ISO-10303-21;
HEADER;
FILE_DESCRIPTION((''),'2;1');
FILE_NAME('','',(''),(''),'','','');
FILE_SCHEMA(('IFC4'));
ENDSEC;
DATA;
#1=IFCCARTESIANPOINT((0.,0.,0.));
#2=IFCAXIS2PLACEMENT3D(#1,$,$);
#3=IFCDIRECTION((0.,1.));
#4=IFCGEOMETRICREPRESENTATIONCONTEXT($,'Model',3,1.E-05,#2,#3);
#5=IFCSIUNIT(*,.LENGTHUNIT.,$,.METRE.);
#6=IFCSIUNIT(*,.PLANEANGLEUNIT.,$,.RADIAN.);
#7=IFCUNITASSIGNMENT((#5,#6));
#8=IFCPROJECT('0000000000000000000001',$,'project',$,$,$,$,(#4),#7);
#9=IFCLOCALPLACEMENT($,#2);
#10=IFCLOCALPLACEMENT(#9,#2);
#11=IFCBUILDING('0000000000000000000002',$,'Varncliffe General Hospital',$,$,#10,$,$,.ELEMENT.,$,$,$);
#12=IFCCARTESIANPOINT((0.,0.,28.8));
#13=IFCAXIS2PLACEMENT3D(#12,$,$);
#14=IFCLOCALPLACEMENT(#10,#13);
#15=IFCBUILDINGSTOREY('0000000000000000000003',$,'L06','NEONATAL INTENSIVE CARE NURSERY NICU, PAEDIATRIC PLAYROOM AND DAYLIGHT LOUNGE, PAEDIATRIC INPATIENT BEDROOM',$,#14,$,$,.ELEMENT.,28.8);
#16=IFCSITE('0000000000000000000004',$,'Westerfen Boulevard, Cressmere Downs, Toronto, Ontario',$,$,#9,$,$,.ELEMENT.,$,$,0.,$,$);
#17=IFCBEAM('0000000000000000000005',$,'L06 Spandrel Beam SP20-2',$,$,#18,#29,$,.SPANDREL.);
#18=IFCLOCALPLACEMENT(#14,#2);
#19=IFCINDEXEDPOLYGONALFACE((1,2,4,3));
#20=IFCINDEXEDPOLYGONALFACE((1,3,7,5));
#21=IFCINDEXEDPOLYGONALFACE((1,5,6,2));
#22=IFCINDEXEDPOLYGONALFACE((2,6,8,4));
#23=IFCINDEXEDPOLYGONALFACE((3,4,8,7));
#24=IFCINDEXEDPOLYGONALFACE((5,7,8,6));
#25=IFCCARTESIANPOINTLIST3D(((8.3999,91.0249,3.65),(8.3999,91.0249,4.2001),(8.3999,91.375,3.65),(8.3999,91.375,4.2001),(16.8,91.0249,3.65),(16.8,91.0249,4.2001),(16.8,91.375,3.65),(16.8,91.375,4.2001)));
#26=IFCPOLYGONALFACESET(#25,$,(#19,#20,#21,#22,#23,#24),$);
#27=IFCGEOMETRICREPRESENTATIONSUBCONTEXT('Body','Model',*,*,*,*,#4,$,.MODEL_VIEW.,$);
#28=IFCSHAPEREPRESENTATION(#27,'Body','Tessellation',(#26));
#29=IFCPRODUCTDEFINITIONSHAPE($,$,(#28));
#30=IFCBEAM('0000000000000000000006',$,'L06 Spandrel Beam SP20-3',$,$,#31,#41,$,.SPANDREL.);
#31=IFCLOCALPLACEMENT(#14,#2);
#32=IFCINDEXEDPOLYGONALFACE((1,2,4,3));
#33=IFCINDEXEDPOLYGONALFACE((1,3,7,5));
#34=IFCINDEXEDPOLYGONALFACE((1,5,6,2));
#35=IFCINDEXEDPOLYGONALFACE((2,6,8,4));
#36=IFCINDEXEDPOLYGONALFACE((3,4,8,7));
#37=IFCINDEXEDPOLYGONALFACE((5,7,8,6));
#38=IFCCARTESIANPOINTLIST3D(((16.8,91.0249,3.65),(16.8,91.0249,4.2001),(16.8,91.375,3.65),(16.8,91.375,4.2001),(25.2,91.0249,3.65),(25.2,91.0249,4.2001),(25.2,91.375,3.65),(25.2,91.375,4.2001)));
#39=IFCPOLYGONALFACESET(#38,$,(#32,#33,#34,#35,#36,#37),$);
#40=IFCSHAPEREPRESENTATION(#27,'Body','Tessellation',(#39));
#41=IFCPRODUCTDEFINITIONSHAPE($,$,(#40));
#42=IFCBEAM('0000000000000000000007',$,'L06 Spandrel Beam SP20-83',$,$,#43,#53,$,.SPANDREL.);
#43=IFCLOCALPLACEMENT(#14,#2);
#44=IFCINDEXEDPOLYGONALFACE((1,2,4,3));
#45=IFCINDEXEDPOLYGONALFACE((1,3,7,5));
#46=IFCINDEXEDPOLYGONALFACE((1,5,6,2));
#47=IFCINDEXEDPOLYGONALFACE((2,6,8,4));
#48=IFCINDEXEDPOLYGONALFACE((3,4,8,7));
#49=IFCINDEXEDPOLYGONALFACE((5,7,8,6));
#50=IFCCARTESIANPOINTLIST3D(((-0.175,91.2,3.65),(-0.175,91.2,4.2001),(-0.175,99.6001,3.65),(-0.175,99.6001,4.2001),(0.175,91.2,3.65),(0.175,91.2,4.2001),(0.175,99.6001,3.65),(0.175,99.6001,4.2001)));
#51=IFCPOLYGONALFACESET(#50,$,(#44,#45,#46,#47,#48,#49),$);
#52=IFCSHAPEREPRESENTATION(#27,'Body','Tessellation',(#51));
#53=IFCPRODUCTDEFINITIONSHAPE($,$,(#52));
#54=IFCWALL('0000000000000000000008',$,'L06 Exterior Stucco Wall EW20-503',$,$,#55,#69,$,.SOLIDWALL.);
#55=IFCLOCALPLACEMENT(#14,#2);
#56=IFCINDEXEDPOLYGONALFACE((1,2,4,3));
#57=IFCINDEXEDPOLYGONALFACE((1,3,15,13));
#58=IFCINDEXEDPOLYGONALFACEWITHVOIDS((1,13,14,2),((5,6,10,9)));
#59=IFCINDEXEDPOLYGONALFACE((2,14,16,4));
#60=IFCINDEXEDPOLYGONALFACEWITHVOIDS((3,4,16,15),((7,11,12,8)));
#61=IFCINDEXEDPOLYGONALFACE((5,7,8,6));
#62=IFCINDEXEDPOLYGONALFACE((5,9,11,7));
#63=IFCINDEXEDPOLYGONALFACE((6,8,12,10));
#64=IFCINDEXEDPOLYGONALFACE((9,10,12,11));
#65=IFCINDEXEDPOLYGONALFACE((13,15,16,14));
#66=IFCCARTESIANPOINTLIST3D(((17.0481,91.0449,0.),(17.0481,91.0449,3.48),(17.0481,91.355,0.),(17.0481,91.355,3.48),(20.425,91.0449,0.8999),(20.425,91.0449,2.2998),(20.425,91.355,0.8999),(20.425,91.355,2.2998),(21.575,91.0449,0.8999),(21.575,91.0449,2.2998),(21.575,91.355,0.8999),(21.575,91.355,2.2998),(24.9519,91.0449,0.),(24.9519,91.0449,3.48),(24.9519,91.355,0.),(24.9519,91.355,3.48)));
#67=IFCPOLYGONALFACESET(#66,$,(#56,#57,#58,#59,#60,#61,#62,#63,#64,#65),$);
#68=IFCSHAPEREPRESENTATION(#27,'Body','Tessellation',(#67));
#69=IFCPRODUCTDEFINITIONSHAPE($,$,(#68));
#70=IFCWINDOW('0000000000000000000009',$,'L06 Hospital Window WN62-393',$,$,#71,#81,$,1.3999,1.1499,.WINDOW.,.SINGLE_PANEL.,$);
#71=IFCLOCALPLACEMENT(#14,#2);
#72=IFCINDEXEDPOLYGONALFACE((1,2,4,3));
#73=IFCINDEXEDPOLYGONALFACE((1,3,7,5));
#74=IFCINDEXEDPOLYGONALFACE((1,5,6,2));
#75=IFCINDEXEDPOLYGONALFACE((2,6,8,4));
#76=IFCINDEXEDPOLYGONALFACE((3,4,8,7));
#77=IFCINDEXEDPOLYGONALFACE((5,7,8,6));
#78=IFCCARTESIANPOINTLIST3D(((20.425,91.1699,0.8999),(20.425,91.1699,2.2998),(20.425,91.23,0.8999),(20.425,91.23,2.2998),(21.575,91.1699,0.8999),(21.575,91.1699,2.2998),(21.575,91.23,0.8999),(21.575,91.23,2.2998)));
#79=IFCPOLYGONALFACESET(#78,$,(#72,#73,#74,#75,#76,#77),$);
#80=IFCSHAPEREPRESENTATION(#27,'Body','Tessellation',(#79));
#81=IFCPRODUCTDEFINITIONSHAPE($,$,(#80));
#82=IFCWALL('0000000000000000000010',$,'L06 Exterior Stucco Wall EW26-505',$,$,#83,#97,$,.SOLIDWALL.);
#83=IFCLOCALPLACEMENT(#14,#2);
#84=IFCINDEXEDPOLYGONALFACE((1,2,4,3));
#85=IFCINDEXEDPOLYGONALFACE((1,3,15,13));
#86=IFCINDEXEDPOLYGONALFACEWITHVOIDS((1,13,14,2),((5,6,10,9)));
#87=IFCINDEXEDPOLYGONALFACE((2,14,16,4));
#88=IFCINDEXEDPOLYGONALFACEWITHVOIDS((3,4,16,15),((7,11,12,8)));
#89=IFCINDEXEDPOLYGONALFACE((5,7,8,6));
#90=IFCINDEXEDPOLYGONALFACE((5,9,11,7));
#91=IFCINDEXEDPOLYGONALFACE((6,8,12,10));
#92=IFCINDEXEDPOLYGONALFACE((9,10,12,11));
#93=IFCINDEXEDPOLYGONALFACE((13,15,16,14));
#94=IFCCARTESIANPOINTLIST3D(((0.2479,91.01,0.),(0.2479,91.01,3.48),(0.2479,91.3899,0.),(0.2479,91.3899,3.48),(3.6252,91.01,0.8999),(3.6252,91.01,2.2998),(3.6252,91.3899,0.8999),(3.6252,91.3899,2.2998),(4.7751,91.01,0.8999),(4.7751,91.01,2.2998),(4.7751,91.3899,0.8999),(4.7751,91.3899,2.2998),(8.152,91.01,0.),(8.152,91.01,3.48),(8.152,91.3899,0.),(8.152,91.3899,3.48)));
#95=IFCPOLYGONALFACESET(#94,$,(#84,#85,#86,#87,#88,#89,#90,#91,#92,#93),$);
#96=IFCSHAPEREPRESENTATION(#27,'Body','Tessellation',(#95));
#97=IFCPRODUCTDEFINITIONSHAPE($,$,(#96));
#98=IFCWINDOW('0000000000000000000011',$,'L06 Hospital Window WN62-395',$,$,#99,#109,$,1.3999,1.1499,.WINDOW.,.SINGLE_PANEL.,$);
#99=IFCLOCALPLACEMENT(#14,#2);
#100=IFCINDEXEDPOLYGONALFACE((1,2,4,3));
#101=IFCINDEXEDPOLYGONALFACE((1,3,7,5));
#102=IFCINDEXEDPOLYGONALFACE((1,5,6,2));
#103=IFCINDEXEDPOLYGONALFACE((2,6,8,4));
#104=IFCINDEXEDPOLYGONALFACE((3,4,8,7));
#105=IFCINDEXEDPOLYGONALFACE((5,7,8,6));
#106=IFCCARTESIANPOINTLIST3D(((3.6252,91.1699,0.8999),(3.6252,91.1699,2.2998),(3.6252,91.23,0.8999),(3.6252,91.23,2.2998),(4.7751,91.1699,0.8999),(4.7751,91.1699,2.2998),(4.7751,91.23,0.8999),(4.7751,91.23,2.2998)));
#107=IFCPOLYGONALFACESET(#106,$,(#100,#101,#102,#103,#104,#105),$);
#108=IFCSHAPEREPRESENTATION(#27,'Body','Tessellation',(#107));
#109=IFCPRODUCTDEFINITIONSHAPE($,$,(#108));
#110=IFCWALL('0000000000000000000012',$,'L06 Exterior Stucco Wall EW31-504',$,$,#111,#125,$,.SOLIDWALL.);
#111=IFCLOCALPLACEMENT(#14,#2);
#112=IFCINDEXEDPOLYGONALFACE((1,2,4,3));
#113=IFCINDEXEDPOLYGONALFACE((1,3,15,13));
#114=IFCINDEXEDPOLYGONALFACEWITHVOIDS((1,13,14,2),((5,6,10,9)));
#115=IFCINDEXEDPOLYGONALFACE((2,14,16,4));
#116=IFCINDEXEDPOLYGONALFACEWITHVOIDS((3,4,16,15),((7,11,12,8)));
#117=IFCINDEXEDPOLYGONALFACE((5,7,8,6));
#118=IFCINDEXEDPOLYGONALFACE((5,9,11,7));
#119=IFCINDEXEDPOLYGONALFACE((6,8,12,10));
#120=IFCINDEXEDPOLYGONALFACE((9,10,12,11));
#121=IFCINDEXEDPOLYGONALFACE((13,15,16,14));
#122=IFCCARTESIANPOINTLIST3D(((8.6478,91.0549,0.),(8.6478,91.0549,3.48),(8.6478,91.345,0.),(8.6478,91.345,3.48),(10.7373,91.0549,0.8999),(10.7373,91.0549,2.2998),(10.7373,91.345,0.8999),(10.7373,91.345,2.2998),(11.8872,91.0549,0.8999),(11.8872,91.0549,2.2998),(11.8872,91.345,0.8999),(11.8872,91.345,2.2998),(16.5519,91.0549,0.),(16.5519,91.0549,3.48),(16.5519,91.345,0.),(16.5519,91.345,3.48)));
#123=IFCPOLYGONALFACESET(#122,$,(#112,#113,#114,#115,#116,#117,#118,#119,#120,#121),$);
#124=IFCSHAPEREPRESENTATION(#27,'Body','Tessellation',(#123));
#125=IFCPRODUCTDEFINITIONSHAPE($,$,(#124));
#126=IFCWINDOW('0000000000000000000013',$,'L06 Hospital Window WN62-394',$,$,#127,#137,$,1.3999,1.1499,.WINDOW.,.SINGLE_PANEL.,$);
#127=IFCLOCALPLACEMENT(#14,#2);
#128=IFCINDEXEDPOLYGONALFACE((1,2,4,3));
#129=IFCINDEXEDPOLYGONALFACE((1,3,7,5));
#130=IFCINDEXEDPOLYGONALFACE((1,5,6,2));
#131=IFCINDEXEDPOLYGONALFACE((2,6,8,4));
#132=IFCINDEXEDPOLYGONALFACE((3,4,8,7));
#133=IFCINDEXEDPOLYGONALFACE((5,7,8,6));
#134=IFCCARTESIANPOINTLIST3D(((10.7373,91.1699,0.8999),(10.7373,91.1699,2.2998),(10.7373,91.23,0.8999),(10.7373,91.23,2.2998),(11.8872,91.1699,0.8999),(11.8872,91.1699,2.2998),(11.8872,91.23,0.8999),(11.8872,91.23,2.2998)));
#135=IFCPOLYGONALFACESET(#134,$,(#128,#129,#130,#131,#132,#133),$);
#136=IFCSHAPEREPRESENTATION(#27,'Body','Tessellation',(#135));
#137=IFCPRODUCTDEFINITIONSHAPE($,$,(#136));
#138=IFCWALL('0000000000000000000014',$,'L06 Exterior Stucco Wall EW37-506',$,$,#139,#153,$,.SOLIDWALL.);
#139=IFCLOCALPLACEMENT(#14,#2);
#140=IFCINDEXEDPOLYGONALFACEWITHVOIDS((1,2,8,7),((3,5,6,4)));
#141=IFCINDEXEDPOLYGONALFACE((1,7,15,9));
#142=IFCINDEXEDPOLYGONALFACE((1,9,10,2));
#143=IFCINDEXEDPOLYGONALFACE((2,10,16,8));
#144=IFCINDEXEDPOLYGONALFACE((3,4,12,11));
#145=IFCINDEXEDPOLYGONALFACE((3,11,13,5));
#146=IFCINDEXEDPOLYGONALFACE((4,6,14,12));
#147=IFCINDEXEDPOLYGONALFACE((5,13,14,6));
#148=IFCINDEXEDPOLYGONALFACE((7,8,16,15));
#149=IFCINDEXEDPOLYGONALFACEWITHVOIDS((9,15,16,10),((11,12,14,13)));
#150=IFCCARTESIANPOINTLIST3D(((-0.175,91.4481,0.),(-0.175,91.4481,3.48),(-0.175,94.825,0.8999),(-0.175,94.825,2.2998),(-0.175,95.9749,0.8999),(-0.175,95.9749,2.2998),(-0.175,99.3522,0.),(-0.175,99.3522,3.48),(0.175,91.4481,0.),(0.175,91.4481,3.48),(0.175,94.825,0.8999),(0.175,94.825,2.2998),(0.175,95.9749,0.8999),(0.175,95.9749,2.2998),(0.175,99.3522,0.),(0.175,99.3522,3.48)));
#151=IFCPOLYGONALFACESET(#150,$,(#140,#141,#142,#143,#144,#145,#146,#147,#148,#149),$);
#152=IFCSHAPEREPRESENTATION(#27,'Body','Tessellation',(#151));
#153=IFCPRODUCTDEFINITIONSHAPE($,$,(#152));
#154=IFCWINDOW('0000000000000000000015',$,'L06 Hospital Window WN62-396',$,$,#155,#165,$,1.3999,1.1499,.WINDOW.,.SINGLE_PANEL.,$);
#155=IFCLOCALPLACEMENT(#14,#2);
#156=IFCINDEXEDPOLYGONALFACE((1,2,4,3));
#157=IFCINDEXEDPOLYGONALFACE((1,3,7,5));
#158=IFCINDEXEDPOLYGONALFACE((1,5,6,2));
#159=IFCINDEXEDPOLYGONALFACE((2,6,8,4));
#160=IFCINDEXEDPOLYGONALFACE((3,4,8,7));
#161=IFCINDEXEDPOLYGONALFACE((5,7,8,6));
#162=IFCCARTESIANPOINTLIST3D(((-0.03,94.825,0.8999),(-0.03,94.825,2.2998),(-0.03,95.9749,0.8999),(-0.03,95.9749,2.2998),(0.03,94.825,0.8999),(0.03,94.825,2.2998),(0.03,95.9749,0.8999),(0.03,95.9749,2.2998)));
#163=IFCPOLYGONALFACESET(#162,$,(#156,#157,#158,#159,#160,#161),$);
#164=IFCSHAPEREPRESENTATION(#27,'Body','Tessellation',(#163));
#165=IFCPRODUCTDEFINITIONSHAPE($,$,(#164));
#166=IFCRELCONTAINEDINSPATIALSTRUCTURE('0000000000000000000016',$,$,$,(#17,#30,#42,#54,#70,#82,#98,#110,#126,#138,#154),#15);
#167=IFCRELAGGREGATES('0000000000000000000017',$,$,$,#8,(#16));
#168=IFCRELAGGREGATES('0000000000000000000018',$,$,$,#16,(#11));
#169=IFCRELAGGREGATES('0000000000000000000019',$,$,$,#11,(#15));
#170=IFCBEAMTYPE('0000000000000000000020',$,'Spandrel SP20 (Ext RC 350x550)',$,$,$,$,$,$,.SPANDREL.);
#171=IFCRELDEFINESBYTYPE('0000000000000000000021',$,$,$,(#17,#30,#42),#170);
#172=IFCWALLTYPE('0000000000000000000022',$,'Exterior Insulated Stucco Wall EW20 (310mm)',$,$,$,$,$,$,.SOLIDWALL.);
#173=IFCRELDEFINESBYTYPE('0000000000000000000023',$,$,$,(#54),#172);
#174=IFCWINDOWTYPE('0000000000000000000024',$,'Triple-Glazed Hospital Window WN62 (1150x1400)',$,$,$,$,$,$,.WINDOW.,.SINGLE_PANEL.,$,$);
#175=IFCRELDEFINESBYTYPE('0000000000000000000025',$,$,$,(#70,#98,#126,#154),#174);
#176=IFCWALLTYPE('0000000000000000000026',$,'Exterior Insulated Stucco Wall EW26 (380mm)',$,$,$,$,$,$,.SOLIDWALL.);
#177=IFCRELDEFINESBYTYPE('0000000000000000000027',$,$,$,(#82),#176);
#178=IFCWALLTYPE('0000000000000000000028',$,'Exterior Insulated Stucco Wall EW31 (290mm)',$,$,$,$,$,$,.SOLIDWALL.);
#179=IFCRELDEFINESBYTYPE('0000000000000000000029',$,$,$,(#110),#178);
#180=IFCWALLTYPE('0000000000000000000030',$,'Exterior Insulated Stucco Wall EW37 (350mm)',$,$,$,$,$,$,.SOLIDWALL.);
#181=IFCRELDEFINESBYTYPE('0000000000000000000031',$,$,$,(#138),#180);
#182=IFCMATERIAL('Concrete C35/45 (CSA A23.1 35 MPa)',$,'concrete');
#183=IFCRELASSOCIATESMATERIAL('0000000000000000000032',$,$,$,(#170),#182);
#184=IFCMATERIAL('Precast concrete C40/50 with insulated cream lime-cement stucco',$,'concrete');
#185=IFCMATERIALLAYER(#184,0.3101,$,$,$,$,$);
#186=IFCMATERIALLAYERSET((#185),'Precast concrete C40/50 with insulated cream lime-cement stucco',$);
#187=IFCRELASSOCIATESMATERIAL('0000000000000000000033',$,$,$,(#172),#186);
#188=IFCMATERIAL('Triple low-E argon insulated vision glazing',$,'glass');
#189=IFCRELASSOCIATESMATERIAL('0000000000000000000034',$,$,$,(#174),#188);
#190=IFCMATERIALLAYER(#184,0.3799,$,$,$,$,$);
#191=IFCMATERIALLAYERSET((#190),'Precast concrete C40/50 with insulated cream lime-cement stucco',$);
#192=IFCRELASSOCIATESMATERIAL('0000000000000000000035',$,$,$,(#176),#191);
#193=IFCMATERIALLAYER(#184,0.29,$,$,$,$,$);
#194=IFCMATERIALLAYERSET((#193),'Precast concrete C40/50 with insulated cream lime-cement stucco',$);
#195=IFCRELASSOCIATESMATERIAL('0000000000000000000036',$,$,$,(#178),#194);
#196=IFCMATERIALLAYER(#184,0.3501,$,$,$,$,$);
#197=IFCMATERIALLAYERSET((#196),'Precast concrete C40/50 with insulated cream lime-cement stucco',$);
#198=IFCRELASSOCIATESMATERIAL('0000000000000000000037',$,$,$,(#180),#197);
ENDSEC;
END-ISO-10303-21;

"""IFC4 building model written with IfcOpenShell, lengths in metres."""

from ifc_helpers import new_model, si_unit, direction, frame, frame_2d, origin, origin_2d, place, context, subcontext, project, spatial, rectangle, extrude, material, layer, layer_set, material_profile, profile_set, type_object, element, fill, save


model = new_model("IFC4")

# Units and contexts
model_context = context("Model", 3, precision=1e-05, world=origin(), true_north=direction((0.0, 1.0)))
body_context = subcontext(model_context, "Body", "Model", "MODEL_VIEW")
ifc_project = project(units=[si_unit("LENGTHUNIT", "METRE"), si_unit("PLANEANGLEUNIT", "RADIAN")], contexts=[model_context])

# Site, building, storey
site_placement = place(None, origin())
site = spatial("IfcSite", under=ifc_project, at=site_placement, Name="Westerfen Boulevard, Cressmere Downs, Toronto, Ontario", CompositionType="ELEMENT", RefElevation=0.0)
building_placement = place(site_placement, origin())
building = spatial("IfcBuilding", under=site, at=building_placement, Name="Varncliffe General Hospital", CompositionType="ELEMENT")
storey_placement = place(building_placement, frame((0.0, 0.0, 28.8)))
storey = spatial("IfcBuildingStorey", under=building, at=storey_placement, Name="L06", Description="NEONATAL INTENSIVE CARE NURSERY NICU, PAEDIATRIC PLAYROOM AND DAYLIGHT LOUNGE, PAEDIATRIC INPATIENT BEDROOM", CompositionType="ELEMENT", Elevation=28.8)

# Shared definitions
ifc_material_1 = material(Name="Concrete C35/45 (CSA A23.1 35 MPa)", Category="concrete")

# Beams
ifc_material_profile_1 = material_profile(ifc_material_1, rectangle(XDim=0.3501, YDim=0.55, at=origin_2d()), Name="RC 350x550")
ifc_profile_set_1 = profile_set([ifc_material_profile_1], Name="Concrete C35/45 (CSA A23.1 35 MPa)")
beam_type_1 = type_object("IfcBeamType", Name="Spandrel SP20 (Ext RC 350x550)", PredefinedType="SPANDREL", material=ifc_profile_set_1)
beam_1_placement = place(storey_placement, frame((8.3999, 91.2, 3.925), z_axis=(1.0, 0.0, 0.0), x_axis=(0.0, 1.0, 0.0)))
element("IfcBeam", 1, at=beam_1_placement, inside=storey, type_object=beam_type_1, Name="L06 Spandrel Beam SP20-2", PredefinedType="SPANDREL", context=body_context, shape_type="SweptSolid", body=[
    extrude(rectangle(XDim=0.3501, YDim=0.55, at=origin_2d()), origin(), (0.0, 0.0, 1.0), 8.4001),
])
beam_2_placement = place(storey_placement, frame((16.8, 91.2, 3.925), z_axis=(1.0, 0.0, 0.0), x_axis=(0.0, 1.0, 0.0)))
element("IfcBeam", 2, at=beam_2_placement, inside=storey, type_object=beam_type_1, Name="L06 Spandrel Beam SP20-3", PredefinedType="SPANDREL", context=body_context, shape_type="SweptSolid", body=[
    extrude(rectangle(XDim=0.3501, YDim=0.55, at=origin_2d()), origin(), (0.0, 0.0, 1.0), 8.3999),
])
beam_3_placement = place(storey_placement, frame((0.0, 91.2, 3.925), z_axis=(0.0, 1.0, 0.0), x_axis=(-1.0, 0.0, 0.0)))
element("IfcBeam", 3, at=beam_3_placement, inside=storey, type_object=beam_type_1, Name="L06 Spandrel Beam SP20-83", PredefinedType="SPANDREL", context=body_context, shape_type="SweptSolid", body=[
    extrude(rectangle(XDim=0.3501, YDim=0.55, at=origin_2d()), origin(), (0.0, 0.0, 1.0), 8.4001),
])

# Walls, openings, windows
ifc_material_2 = material(Name="Precast concrete C40/50 with insulated cream lime-cement stucco", Category="concrete")
ifc_layer_1 = layer(ifc_material_2, 0.3101)
ifc_layer_set_1 = layer_set([ifc_layer_1], Name="Precast concrete C40/50 with insulated cream lime-cement stucco")
wall_type_1 = type_object("IfcWallType", Name="Exterior Insulated Stucco Wall EW20 (310mm)", PredefinedType="SOLIDWALL", material=ifc_layer_set_1)
wall_1_placement = place(storey_placement, frame((24.9519, 91.2, 0.0), z_axis=(0.0, 0.0, 1.0), x_axis=(-1.0, 0.0, 0.0)))
wall_1 = element("IfcWall", 4, at=wall_1_placement, inside=storey, type_object=wall_type_1, Name="L06 Exterior Stucco Wall EW20-503", PredefinedType="SOLIDWALL", context=body_context, shape_type="SweptSolid", body=[
    extrude(rectangle(XDim=7.9038, YDim=0.3101, at=frame_2d((3.9519, 0.0))), origin(), (0.0, 0.0, 1.0), 3.48),
])
opening_1_placement = place(wall_1_placement, frame((3.377, 0.0, 0.8999)))
opening_1 = element("IfcOpeningElement", 5, at=opening_1_placement, cuts=wall_1, PredefinedType="OPENING", context=body_context, shape_type="SweptSolid", body=[
    extrude(rectangle(XDim=1.1499, YDim=1.3999, at=frame_2d((0.575, 0.7))), frame((0.0, 0.165, 0.0), z_axis=(0.0, -1.0, 0.0), x_axis=(1.0, 0.0, 0.0)), (0.0, 0.0, 1.0), 0.3301),
])
ifc_material_3 = material(Name="Triple low-E argon insulated vision glazing", Category="glass")
window_type = type_object("IfcWindowType", Name="Triple-Glazed Hospital Window WN62 (1150x1400)", PartitioningType="SINGLE_PANEL", PredefinedType="WINDOW", material=ifc_material_3)
window_1_placement = place(opening_1_placement, origin())
window_1 = element("IfcWindow", 6, at=window_1_placement, inside=storey, type_object=window_type, Name="L06 Hospital Window WN62-393", OverallHeight=1.3999, OverallWidth=1.1499, PartitioningType="SINGLE_PANEL", PredefinedType="WINDOW", context=body_context, shape_type="SweptSolid", body=[
    extrude(rectangle(XDim=1.1499, YDim=1.3999, at=frame_2d((0.575, 0.7))), frame((0.0, 0.03, 0.0), z_axis=(0.0, -1.0, 0.0), x_axis=(1.0, 0.0, 0.0)), (0.0, 0.0, 1.0), 0.0601),
])
fill(opening_1, window_1)
ifc_layer_2 = layer(ifc_material_2, 0.3799)
ifc_layer_set_2 = layer_set([ifc_layer_2], Name="Precast concrete C40/50 with insulated cream lime-cement stucco")
wall_type_2 = type_object("IfcWallType", Name="Exterior Insulated Stucco Wall EW26 (380mm)", PredefinedType="SOLIDWALL", material=ifc_layer_set_2)
wall_2_placement = place(storey_placement, frame((8.1521, 91.2, 0.0), z_axis=(0.0, 0.0, 1.0), x_axis=(-1.0, 0.0, 0.0)))
wall_2 = element("IfcWall", 7, at=wall_2_placement, inside=storey, type_object=wall_type_2, Name="L06 Exterior Stucco Wall EW26-505", PredefinedType="SOLIDWALL", context=body_context, shape_type="SweptSolid", body=[
    extrude(rectangle(XDim=7.9041, YDim=0.3799, at=frame_2d((3.9521, 0.0))), origin(), (0.0, 0.0, 1.0), 3.48),
])
opening_2_placement = place(wall_2_placement, frame((3.377, 0.0, 0.8999)))
opening_2 = element("IfcOpeningElement", 8, at=opening_2_placement, cuts=wall_2, PredefinedType="OPENING", context=body_context, shape_type="SweptSolid", body=[
    extrude(rectangle(XDim=1.1499, YDim=1.3999, at=frame_2d((0.575, 0.7))), frame((0.0, 0.2, 0.0), z_axis=(0.0, -1.0, 0.0), x_axis=(1.0, 0.0, 0.0)), (0.0, 0.0, 1.0), 0.3999),
])
window_2_placement = place(opening_2_placement, origin())
window_2 = element("IfcWindow", 9, at=window_2_placement, inside=storey, type_object=window_type, Name="L06 Hospital Window WN62-395", OverallHeight=1.3999, OverallWidth=1.1499, PartitioningType="SINGLE_PANEL", PredefinedType="WINDOW", context=body_context, shape_type="SweptSolid", body=[
    extrude(rectangle(XDim=1.1499, YDim=1.3999, at=frame_2d((0.575, 0.7))), frame((0.0, 0.03, 0.0), z_axis=(0.0, -1.0, 0.0), x_axis=(1.0, 0.0, 0.0)), (0.0, 0.0, 1.0), 0.0601),
])
fill(opening_2, window_2)
ifc_layer_3 = layer(ifc_material_2, 0.29)
ifc_layer_set_3 = layer_set([ifc_layer_3], Name="Precast concrete C40/50 with insulated cream lime-cement stucco")
wall_type_3 = type_object("IfcWallType", Name="Exterior Insulated Stucco Wall EW31 (290mm)", PredefinedType="SOLIDWALL", material=ifc_layer_set_3)
wall_3_placement = place(storey_placement, frame((16.552, 91.2, 0.0), z_axis=(0.0, 0.0, 1.0), x_axis=(-1.0, 0.0, 0.0)))
wall_3 = element("IfcWall", 10, at=wall_3_placement, inside=storey, type_object=wall_type_3, Name="L06 Exterior Stucco Wall EW31-504", PredefinedType="SOLIDWALL", context=body_context, shape_type="SweptSolid", body=[
    extrude(rectangle(XDim=7.9041, YDim=0.29, at=frame_2d((3.9521, 0.0))), origin(), (0.0, 0.0, 1.0), 3.48),
])
opening_3_placement = place(wall_3_placement, frame((4.6648, 0.0, 0.8999)))
opening_3 = element("IfcOpeningElement", 11, at=opening_3_placement, cuts=wall_3, PredefinedType="OPENING", context=body_context, shape_type="SweptSolid", body=[
    extrude(rectangle(XDim=1.1499, YDim=1.3999, at=frame_2d((0.575, 0.7))), frame((0.0, 0.155, 0.0), z_axis=(0.0, -1.0, 0.0), x_axis=(1.0, 0.0, 0.0)), (0.0, 0.0, 1.0), 0.3101),
])
window_3_placement = place(opening_3_placement, origin())
window_3 = element("IfcWindow", 12, at=window_3_placement, inside=storey, type_object=window_type, Name="L06 Hospital Window WN62-394", OverallHeight=1.3999, OverallWidth=1.1499, PartitioningType="SINGLE_PANEL", PredefinedType="WINDOW", context=body_context, shape_type="SweptSolid", body=[
    extrude(rectangle(XDim=1.1499, YDim=1.3999, at=frame_2d((0.575, 0.7))), frame((0.0, 0.03, 0.0), z_axis=(0.0, -1.0, 0.0), x_axis=(1.0, 0.0, 0.0)), (0.0, 0.0, 1.0), 0.0601),
])
fill(opening_3, window_3)
ifc_layer_4 = layer(ifc_material_2, 0.3501)
ifc_layer_set_4 = layer_set([ifc_layer_4], Name="Precast concrete C40/50 with insulated cream lime-cement stucco")
wall_type_4 = type_object("IfcWallType", Name="Exterior Insulated Stucco Wall EW37 (350mm)", PredefinedType="SOLIDWALL", material=ifc_layer_set_4)
wall_4_placement = place(storey_placement, frame((0.0, 91.448, 0.0), z_axis=(0.0, 0.0, 1.0), x_axis=(0.0, 1.0, 0.0)))
wall_4 = element("IfcWall", 13, at=wall_4_placement, inside=storey, type_object=wall_type_4, Name="L06 Exterior Stucco Wall EW37-506", PredefinedType="SOLIDWALL", context=body_context, shape_type="SweptSolid", body=[
    extrude(rectangle(XDim=7.9041, YDim=0.3501, at=frame_2d((3.9521, 0.0))), origin(), (0.0, 0.0, 1.0), 3.48),
])
opening_4_placement = place(wall_4_placement, frame((3.377, 0.0, 0.8999)))
opening_4 = element("IfcOpeningElement", 14, at=opening_4_placement, cuts=wall_4, PredefinedType="OPENING", context=body_context, shape_type="SweptSolid", body=[
    extrude(rectangle(XDim=1.1499, YDim=1.3999, at=frame_2d((0.575, 0.7))), frame((0.0, 0.1851, 0.0), z_axis=(0.0, -1.0, 0.0), x_axis=(1.0, 0.0, 0.0)), (0.0, 0.0, 1.0), 0.3701),
])
window_4_placement = place(opening_4_placement, origin())
window_4 = element("IfcWindow", 15, at=window_4_placement, inside=storey, type_object=window_type, Name="L06 Hospital Window WN62-396", OverallHeight=1.3999, OverallWidth=1.1499, PartitioningType="SINGLE_PANEL", PredefinedType="WINDOW", context=body_context, shape_type="SweptSolid", body=[
    extrude(rectangle(XDim=1.1499, YDim=1.3999, at=frame_2d((0.575, 0.7))), frame((0.0, 0.03, 0.0), z_axis=(0.0, -1.0, 0.0), x_axis=(1.0, 0.0, 0.0)), (0.0, 0.0, 1.0), 0.0601),
])
fill(opening_4, window_4)

save(model, "model.ifc")
